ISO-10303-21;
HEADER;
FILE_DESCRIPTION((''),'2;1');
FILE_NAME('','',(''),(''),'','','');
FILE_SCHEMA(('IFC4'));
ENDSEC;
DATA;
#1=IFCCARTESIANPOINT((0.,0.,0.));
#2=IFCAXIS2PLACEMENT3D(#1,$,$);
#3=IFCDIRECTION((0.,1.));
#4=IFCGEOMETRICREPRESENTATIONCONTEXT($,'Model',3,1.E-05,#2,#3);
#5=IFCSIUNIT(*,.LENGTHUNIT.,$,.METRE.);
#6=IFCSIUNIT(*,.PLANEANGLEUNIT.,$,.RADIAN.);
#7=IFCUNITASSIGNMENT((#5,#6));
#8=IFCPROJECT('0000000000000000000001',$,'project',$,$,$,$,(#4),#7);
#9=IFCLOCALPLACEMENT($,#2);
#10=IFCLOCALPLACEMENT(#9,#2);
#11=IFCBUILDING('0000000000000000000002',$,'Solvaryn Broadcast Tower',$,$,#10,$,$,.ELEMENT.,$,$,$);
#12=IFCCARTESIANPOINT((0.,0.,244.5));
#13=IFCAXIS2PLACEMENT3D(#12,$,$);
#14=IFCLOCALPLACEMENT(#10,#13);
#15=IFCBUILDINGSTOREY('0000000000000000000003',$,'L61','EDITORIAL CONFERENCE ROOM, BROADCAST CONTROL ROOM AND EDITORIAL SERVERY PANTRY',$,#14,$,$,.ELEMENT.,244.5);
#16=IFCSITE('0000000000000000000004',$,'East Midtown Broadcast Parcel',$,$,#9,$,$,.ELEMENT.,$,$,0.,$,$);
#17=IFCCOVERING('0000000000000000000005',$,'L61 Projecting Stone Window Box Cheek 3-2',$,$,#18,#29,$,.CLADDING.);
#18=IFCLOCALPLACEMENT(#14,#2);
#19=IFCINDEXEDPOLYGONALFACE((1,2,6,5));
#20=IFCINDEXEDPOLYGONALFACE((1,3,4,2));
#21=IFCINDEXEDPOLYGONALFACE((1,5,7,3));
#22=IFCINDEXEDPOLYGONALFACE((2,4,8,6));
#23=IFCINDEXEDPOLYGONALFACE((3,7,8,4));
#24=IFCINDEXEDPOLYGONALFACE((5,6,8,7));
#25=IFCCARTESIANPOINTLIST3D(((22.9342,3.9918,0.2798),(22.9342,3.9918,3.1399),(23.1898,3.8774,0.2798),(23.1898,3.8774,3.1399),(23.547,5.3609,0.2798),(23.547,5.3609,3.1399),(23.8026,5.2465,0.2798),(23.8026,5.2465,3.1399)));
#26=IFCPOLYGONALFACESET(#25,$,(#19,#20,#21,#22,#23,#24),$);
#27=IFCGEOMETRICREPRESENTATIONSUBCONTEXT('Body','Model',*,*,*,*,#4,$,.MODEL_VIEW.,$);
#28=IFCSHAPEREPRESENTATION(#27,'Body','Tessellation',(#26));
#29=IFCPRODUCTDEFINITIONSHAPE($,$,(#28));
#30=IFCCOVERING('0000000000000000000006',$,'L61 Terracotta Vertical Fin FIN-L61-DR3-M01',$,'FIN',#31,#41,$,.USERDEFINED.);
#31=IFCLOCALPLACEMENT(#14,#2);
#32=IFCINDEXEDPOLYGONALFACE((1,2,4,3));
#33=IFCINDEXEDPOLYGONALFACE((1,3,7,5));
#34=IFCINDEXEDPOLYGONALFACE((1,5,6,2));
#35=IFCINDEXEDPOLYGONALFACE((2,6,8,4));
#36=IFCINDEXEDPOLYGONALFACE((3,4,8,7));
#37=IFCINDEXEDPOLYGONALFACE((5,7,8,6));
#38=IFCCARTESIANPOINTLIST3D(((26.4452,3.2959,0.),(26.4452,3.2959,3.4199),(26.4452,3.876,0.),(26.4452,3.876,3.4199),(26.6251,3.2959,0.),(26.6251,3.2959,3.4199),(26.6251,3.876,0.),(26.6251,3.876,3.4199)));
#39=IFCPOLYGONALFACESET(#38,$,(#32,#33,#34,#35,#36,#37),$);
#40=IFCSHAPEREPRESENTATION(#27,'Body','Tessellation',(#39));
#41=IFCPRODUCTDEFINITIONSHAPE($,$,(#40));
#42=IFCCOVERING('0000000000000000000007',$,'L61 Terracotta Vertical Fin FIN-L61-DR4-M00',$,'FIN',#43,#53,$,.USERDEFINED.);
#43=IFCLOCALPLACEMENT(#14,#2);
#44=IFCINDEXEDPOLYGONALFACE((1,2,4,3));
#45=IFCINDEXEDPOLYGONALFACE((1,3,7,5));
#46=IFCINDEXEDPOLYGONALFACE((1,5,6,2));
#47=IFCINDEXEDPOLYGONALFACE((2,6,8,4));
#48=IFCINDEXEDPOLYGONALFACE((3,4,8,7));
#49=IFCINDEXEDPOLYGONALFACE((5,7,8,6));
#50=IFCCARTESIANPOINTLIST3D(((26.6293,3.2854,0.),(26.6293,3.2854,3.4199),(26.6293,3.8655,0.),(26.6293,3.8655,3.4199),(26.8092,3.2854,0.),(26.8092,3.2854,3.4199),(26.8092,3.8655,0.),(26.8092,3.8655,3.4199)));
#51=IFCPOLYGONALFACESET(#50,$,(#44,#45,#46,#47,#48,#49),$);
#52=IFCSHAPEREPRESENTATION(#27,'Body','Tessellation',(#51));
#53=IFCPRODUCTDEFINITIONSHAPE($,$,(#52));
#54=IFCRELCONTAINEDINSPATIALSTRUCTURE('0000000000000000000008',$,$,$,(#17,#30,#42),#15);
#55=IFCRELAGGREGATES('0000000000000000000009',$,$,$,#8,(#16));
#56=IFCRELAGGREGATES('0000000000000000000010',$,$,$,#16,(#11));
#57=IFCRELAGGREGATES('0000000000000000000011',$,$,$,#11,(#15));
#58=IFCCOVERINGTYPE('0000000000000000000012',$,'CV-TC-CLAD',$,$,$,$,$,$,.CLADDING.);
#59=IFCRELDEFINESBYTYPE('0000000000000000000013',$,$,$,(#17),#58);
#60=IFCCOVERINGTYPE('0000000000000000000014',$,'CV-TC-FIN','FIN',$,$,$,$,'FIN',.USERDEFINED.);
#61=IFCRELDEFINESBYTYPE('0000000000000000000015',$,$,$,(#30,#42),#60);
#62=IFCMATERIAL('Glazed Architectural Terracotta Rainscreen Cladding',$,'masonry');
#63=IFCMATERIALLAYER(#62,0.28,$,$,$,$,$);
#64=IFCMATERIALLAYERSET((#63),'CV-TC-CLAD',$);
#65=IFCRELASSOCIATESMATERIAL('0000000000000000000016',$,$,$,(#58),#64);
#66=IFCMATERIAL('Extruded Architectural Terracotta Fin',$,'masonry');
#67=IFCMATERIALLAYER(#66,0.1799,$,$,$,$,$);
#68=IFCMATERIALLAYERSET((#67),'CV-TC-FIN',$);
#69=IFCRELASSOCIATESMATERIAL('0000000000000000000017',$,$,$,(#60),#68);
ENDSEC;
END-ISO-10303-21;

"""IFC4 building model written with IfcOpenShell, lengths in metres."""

from ifc_helpers import new_model, si_unit, direction, frame, origin, origin_2d, place, context, subcontext, project, spatial, rectangle, extrude, material, layer, layer_set, type_object, element, save


model = new_model("IFC4")

# Units and contexts
model_context = context("Model", 3, precision=1e-05, world=origin(), true_north=direction((0.0, 1.0)))
body_context = subcontext(model_context, "Body", "Model", "MODEL_VIEW")
ifc_project = project(units=[si_unit("LENGTHUNIT", "METRE"), si_unit("PLANEANGLEUNIT", "RADIAN")], contexts=[model_context])

# Site, building, storey
site_placement = place(None, origin())
site = spatial("IfcSite", under=ifc_project, at=site_placement, Name="East Midtown Broadcast Parcel", CompositionType="ELEMENT", RefElevation=0.0)
building_placement = place(site_placement, origin())
building = spatial("IfcBuilding", under=site, at=building_placement, Name="Solvaryn Broadcast Tower", CompositionType="ELEMENT")
storey_placement = place(building_placement, frame((0.0, 0.0, 244.5)))
storey = spatial("IfcBuildingStorey", under=building, at=storey_placement, Name="L61", Description="EDITORIAL CONFERENCE ROOM, BROADCAST CONTROL ROOM AND EDITORIAL SERVERY PANTRY", CompositionType="ELEMENT", Elevation=244.5)

# Coverings
ifc_material_1 = material(Name="Glazed Architectural Terracotta Rainscreen Cladding", Category="masonry")
ifc_layer_1 = layer(ifc_material_1, 0.28)
ifc_layer_set_1 = layer_set([ifc_layer_1], Name="CV-TC-CLAD")
covering_type_1 = type_object("IfcCoveringType", Name="CV-TC-CLAD", PredefinedType="CLADDING", material=ifc_layer_set_1)
covering_placement = place(storey_placement, frame((23.3684, 4.6191, 0.2798), z_axis=(0.0, 0.0, 1.0), x_axis=(0.912763, -0.40849, 0.0)))
element("IfcCovering", 1, at=covering_placement, inside=storey, type_object=covering_type_1, Name="L61 Projecting Stone Window Box Cheek 3-2", PredefinedType="CLADDING", context=body_context, shape_type="SweptSolid", body=[
    extrude(rectangle(XDim=0.28, YDim=1.5, at=origin_2d()), origin(), (0.0, 0.0, 1.0), 2.8601),
])
ifc_material_2 = material(Name="Extruded Architectural Terracotta Fin", Category="masonry")
ifc_layer_2 = layer(ifc_material_2, 0.1799)
ifc_layer_set_2 = layer_set([ifc_layer_2], Name="CV-TC-FIN")
covering_type_2 = type_object("IfcCoveringType", Name="CV-TC-FIN", Description="FIN", ElementType="FIN", PredefinedType="USERDEFINED", material=ifc_layer_set_2)
for number, where, z_axis, x_axis, name in (
    (2, (26.5352, 3.5859, 0.0), (0.0, 0.0, 1.0), (1.0, 0.0, 0.0), "L61 Terracotta Vertical Fin FIN-L61-DR3-M01"),
    (3, (26.7192, 3.5754, 0.0), (0.0, 0.0, 1.0), (1.0, 0.0, 0.0), "L61 Terracotta Vertical Fin FIN-L61-DR4-M00"),
):
    element("IfcCovering", number, at=place(storey_placement, frame(where, z_axis=z_axis, x_axis=x_axis)), inside=storey, type_object=covering_type_2, Name=name, ObjectType="FIN", PredefinedType="USERDEFINED", context=body_context, shape_type="SweptSolid", body=[
        extrude(rectangle(XDim=0.1799, YDim=0.5801, at=origin_2d()), origin(), (0.0, 0.0, 1.0), 3.4199),
    ])

save(model, "model.ifc")
